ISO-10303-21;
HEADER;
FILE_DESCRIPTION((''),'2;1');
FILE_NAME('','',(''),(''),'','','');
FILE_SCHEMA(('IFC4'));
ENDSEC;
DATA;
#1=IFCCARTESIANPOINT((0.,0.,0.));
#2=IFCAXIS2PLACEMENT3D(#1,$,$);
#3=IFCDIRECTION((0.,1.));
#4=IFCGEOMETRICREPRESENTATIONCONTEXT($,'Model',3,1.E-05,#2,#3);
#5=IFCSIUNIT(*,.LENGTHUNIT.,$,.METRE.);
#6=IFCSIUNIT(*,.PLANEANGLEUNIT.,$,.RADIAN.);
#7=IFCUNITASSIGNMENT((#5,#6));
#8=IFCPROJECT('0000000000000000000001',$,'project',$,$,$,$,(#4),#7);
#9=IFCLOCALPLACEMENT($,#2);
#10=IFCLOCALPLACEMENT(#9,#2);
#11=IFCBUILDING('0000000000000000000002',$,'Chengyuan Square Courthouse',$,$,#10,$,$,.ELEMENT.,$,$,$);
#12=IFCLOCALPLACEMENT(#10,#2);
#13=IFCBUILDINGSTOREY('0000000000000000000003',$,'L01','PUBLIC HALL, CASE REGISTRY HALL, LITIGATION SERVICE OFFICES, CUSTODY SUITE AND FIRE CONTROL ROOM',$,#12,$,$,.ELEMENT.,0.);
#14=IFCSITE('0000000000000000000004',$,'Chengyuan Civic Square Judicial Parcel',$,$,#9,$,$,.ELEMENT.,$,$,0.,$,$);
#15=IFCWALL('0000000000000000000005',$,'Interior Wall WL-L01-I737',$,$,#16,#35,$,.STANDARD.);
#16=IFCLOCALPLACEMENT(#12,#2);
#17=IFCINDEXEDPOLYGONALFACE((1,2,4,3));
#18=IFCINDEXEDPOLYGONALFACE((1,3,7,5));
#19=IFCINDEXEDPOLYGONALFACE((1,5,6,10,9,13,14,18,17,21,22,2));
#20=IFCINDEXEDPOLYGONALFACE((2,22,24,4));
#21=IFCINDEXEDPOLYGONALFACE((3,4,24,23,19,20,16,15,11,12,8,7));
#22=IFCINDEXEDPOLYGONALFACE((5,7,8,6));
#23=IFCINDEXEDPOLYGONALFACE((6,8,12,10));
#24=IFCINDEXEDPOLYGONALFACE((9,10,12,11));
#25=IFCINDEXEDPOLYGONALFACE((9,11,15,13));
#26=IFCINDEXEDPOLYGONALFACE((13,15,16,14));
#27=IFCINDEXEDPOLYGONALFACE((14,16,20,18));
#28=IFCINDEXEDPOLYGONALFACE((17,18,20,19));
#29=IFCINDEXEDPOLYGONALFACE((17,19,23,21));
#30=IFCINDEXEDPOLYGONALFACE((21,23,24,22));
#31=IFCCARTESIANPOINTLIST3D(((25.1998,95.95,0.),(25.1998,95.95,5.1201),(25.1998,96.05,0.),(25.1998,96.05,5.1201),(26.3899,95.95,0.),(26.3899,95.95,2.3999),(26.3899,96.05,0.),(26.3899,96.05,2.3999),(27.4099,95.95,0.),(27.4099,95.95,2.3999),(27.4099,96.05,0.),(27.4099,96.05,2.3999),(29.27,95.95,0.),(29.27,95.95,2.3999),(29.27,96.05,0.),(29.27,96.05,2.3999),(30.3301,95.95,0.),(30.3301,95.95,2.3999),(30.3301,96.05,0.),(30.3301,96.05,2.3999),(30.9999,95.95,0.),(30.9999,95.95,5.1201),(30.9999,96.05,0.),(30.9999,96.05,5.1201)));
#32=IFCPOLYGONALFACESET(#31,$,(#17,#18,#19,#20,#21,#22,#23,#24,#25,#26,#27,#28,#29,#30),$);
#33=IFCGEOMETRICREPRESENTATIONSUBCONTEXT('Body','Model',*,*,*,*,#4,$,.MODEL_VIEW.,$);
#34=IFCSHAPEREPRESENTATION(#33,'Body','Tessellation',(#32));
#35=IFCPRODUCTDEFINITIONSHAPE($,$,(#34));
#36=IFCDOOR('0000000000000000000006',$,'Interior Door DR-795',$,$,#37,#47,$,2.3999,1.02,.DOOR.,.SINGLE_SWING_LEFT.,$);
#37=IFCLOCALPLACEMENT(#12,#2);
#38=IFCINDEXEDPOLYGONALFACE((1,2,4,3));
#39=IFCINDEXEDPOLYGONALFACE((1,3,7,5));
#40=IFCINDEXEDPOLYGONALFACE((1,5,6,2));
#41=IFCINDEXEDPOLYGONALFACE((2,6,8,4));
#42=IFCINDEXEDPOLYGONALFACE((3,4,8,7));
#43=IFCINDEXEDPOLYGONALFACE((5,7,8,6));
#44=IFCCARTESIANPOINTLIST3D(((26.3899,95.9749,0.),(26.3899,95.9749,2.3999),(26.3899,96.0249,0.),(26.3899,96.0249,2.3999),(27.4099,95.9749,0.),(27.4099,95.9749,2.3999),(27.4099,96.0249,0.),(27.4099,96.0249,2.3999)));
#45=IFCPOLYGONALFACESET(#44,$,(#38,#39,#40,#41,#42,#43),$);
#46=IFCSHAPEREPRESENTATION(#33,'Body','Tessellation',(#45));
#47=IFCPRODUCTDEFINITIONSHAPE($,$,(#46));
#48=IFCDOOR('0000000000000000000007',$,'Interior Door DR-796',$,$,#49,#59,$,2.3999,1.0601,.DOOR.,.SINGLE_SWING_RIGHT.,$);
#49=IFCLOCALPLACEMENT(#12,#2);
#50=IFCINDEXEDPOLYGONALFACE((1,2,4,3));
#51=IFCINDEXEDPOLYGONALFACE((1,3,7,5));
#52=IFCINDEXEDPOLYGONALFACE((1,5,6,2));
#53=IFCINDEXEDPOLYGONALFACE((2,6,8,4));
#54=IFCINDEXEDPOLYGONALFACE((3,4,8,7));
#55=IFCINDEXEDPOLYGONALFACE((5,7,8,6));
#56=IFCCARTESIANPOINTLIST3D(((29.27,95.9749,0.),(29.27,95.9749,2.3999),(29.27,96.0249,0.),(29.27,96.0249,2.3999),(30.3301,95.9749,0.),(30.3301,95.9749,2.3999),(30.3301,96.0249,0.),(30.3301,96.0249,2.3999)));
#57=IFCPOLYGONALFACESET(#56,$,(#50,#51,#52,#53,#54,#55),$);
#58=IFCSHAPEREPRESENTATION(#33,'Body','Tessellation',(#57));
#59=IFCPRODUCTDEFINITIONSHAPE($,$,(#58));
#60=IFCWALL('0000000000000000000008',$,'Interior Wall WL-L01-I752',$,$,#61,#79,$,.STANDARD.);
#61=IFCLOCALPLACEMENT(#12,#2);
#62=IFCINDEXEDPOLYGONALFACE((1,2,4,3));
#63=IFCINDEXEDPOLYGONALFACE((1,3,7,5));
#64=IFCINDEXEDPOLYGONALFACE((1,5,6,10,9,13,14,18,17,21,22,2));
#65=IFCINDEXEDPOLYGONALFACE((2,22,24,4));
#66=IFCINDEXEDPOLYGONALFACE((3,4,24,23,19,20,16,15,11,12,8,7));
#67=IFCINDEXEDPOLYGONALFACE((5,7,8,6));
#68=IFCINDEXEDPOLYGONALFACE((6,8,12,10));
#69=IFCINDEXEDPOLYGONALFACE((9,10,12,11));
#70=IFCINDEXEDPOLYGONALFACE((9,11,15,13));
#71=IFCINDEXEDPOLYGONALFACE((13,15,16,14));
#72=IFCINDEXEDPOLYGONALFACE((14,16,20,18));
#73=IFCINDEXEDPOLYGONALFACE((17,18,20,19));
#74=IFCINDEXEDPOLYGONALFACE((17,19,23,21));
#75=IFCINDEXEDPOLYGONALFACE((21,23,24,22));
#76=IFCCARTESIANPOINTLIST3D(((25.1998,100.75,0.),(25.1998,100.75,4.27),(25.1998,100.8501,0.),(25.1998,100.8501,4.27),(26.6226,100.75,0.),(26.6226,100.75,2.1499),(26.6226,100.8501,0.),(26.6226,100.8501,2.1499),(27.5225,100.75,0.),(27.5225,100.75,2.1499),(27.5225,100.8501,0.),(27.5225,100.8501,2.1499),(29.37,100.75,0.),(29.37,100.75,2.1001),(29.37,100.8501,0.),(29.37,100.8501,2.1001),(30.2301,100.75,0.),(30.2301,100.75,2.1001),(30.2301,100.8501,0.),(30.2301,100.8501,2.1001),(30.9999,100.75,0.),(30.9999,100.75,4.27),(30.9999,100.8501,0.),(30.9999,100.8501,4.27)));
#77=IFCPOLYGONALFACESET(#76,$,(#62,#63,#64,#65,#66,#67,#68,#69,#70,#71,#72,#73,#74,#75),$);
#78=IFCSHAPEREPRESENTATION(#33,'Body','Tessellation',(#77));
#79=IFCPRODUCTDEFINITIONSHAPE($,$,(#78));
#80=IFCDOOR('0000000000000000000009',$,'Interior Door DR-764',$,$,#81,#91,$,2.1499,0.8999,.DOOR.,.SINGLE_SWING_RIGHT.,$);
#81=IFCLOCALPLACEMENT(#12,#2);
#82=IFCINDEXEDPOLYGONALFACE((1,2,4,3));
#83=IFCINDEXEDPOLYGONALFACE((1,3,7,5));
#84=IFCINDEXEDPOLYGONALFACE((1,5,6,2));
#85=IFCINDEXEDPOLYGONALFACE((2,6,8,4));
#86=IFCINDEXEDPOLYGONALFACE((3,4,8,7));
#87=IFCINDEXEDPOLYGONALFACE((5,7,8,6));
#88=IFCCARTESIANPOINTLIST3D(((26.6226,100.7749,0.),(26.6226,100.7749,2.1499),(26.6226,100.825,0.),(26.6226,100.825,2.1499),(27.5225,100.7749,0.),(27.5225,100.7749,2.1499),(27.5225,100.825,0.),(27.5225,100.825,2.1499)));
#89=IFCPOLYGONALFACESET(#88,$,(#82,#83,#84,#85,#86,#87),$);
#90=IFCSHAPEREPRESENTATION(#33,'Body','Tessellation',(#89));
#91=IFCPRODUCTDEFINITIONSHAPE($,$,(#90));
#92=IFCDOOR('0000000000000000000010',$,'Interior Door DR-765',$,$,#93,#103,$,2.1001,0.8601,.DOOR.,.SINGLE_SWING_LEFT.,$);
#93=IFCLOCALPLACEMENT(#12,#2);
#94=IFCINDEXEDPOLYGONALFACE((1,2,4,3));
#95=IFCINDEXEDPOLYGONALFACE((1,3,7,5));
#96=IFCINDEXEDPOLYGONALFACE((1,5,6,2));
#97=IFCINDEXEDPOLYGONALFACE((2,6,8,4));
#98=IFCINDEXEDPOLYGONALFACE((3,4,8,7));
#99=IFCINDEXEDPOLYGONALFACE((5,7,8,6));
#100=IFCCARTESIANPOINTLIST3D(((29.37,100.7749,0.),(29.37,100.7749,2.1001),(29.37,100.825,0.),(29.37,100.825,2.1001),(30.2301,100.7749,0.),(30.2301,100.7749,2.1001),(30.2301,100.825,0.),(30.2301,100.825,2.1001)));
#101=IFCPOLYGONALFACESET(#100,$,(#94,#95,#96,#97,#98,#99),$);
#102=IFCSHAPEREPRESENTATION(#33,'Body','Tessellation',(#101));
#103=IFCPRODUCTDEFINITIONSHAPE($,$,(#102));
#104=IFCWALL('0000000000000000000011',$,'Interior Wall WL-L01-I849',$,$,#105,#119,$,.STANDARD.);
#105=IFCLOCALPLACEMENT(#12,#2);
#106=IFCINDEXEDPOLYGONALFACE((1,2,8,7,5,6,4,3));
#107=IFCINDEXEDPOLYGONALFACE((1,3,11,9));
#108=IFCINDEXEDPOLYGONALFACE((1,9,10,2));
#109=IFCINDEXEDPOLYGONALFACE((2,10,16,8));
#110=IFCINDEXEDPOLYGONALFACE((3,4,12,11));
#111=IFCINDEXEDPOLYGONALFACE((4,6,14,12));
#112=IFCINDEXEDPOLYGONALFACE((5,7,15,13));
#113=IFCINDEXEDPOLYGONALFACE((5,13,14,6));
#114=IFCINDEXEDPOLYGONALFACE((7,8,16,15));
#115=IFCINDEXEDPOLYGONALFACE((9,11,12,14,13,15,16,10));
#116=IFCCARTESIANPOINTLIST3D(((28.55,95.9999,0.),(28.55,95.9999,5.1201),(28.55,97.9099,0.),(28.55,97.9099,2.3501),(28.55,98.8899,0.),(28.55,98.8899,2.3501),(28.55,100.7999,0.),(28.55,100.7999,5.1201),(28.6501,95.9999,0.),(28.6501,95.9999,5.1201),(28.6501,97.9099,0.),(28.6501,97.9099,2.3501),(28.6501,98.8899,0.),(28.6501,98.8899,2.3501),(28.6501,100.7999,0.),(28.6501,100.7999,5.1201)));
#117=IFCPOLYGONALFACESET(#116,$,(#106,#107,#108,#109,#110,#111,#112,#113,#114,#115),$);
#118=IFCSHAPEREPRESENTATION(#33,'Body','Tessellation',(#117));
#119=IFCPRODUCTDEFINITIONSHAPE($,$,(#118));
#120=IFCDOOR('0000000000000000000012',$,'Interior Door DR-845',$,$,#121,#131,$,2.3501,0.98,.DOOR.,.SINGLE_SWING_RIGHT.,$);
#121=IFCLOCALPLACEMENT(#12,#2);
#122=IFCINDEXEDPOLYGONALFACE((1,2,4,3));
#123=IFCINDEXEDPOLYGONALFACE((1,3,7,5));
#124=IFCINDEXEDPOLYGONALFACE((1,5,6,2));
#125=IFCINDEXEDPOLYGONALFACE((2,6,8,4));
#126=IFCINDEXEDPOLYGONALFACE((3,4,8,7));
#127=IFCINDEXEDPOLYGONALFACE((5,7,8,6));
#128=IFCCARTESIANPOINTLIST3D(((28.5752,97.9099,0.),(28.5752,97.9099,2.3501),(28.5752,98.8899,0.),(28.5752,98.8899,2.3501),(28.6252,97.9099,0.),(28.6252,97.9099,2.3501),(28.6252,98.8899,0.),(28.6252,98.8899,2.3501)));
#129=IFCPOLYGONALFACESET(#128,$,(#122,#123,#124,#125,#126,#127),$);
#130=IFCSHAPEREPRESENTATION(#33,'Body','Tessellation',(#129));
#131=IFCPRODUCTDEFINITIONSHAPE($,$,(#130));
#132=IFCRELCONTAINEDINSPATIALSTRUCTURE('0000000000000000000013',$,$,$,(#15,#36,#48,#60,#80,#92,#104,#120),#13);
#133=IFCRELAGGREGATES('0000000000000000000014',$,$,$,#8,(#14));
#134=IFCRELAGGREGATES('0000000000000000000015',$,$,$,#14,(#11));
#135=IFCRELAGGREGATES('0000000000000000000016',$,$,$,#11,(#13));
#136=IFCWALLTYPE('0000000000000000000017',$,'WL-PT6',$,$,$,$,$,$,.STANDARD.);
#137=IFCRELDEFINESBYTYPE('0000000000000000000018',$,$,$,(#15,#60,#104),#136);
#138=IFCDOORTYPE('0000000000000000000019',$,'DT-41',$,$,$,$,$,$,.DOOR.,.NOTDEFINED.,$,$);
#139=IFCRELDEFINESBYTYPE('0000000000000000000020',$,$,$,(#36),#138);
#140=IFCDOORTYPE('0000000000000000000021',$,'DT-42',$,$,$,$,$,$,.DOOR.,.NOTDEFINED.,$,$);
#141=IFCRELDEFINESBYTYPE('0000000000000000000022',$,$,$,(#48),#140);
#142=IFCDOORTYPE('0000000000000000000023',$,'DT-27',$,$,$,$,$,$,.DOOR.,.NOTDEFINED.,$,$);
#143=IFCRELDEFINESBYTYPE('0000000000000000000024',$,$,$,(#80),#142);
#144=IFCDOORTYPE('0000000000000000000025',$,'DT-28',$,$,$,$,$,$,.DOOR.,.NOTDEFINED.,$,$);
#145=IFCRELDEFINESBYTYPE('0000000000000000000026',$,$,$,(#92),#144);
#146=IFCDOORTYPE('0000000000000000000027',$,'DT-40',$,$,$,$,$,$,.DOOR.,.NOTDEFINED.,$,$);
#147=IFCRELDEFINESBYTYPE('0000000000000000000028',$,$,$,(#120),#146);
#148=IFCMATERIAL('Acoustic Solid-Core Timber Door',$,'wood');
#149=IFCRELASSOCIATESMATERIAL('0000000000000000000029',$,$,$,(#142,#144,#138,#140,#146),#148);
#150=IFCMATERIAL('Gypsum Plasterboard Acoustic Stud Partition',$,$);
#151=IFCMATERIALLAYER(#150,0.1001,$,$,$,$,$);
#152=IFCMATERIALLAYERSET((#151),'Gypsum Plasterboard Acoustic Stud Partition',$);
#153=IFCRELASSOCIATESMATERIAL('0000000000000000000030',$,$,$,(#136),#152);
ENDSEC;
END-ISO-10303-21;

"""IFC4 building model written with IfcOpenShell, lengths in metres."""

from ifc_helpers import new_model, si_unit, direction, frame, frame_2d, origin, place, context, subcontext, project, spatial, rectangle, extrude, material, layer, layer_set, type_object, element, fill, save


model = new_model("IFC4")

# Units and contexts
model_context = context("Model", 3, precision=1e-05, world=origin(), true_north=direction((0.0, 1.0)))
body_context = subcontext(model_context, "Body", "Model", "MODEL_VIEW")
ifc_project = project(units=[si_unit("LENGTHUNIT", "METRE"), si_unit("PLANEANGLEUNIT", "RADIAN")], contexts=[model_context])

# Site, building, storey
site_placement = place(None, origin())
site = spatial("IfcSite", under=ifc_project, at=site_placement, Name="Chengyuan Civic Square Judicial Parcel", CompositionType="ELEMENT", RefElevation=0.0)
building_placement = place(site_placement, origin())
building = spatial("IfcBuilding", under=site, at=building_placement, Name="Chengyuan Square Courthouse", CompositionType="ELEMENT")
storey_placement = place(building_placement, origin())
storey = spatial("IfcBuildingStorey", under=building, at=storey_placement, Name="L01", Description="PUBLIC HALL, CASE REGISTRY HALL, LITIGATION SERVICE OFFICES, CUSTODY SUITE AND FIRE CONTROL ROOM", CompositionType="ELEMENT", Elevation=0.0)

# Shared definitions
ifc_material_1 = material(Name="Acoustic Solid-Core Timber Door", Category="wood")
door_type_1 = type_object("IfcDoorType", Name="DT-27", OperationType="NOTDEFINED", PredefinedType="DOOR", material=ifc_material_1)
door_type_2 = type_object("IfcDoorType", Name="DT-28", OperationType="NOTDEFINED", PredefinedType="DOOR", material=ifc_material_1)

# Shared definitions
door_type_3 = type_object("IfcDoorType", Name="DT-41", OperationType="NOTDEFINED", PredefinedType="DOOR", material=ifc_material_1)

# Walls, openings, doors
ifc_material_2 = material(Name="Gypsum Plasterboard Acoustic Stud Partition")
ifc_layer_1 = layer(ifc_material_2, 0.1001)
ifc_layer_set_1 = layer_set([ifc_layer_1], Name="Gypsum Plasterboard Acoustic Stud Partition")
wall_type_1 = type_object("IfcWallType", Name="WL-PT6", PredefinedType="STANDARD", material=ifc_layer_set_1)
wall_1_placement = place(storey_placement, frame((25.2, 96.0, 0.0), z_axis=(0.0, 0.0, 1.0), x_axis=(1.0, 0.0, 0.0)))
wall_1 = element("IfcWall", 1, at=wall_1_placement, inside=storey, type_object=wall_type_1, Name="Interior Wall WL-L01-I737", PredefinedType="STANDARD", context=body_context, shape_type="SweptSolid", body=[
    extrude(rectangle(XDim=5.8, YDim=0.1001, at=frame_2d((2.8999, 0.0))), origin(), (0.0, 0.0, 1.0), 5.1201),
])
opening_1_placement = place(wall_1_placement, frame((1.1899, 0.0, 0.0)))
opening_1 = element("IfcOpeningElement", 2, at=opening_1_placement, cuts=wall_1, PredefinedType="OPENING", context=body_context, shape_type="SweptSolid", body=[
    extrude(rectangle(XDim=1.02, YDim=2.3999, at=frame_2d((0.51, 1.2))), frame((0.0, 0.062, 0.0), z_axis=(0.0, -1.0, 0.0), x_axis=(1.0, 0.0, 0.0)), (0.0, 0.0, 1.0), 0.124),
])
opening_2_placement = place(wall_1_placement, frame((4.0701, 0.0, 0.0)))
opening_2 = element("IfcOpeningElement", 3, at=opening_2_placement, cuts=wall_1, PredefinedType="OPENING", context=body_context, shape_type="SweptSolid", body=[
    extrude(rectangle(XDim=1.0601, YDim=2.3999, at=frame_2d((0.53, 1.2))), frame((0.0, 0.062, 0.0), z_axis=(0.0, -1.0, 0.0), x_axis=(1.0, 0.0, 0.0)), (0.0, 0.0, 1.0), 0.124),
])
door_1_placement = place(opening_1_placement, origin())
door_1 = element("IfcDoor", 4, at=door_1_placement, inside=storey, type_object=door_type_3, Name="Interior Door DR-795", OperationType="SINGLE_SWING_LEFT", OverallHeight=2.3999, OverallWidth=1.02, PredefinedType="DOOR", context=body_context, shape_type="SweptSolid", body=[
    extrude(rectangle(XDim=1.02, YDim=2.3999, at=frame_2d((0.51, 1.2))), frame((0.0, 0.0249, 0.0), z_axis=(0.0, -1.0, 0.0), x_axis=(1.0, 0.0, 0.0)), (0.0, 0.0, 1.0), 0.05),
])
fill(opening_1, door_1)
door_type_4 = type_object("IfcDoorType", Name="DT-42", OperationType="NOTDEFINED", PredefinedType="DOOR", material=ifc_material_1)
door_2_placement = place(opening_2_placement, origin())
door_2 = element("IfcDoor", 5, at=door_2_placement, inside=storey, type_object=door_type_4, Name="Interior Door DR-796", OperationType="SINGLE_SWING_RIGHT", OverallHeight=2.3999, OverallWidth=1.0601, PredefinedType="DOOR", context=body_context, shape_type="SweptSolid", body=[
    extrude(rectangle(XDim=1.0601, YDim=2.3999, at=frame_2d((0.53, 1.2))), frame((0.0, 0.0249, 0.0), z_axis=(0.0, -1.0, 0.0), x_axis=(1.0, 0.0, 0.0)), (0.0, 0.0, 1.0), 0.05),
])
fill(opening_2, door_2)
wall_2_placement = place(storey_placement, frame((25.2, 100.8, 0.0), z_axis=(0.0, 0.0, 1.0), x_axis=(1.0, 0.0, 0.0)))
wall_2 = element("IfcWall", 6, at=wall_2_placement, inside=storey, type_object=wall_type_1, Name="Interior Wall WL-L01-I752", PredefinedType="STANDARD", context=body_context, shape_type="SweptSolid", body=[
    extrude(rectangle(XDim=5.8, YDim=0.1001, at=frame_2d((2.8999, 0.0))), origin(), (0.0, 0.0, 1.0), 4.27),
])
opening_3_placement = place(wall_2_placement, frame((1.4226, 0.0, 0.0)))
opening_3 = element("IfcOpeningElement", 7, at=opening_3_placement, cuts=wall_2, PredefinedType="OPENING", context=body_context, shape_type="SweptSolid", body=[
    extrude(rectangle(XDim=0.8999, YDim=2.1499, at=frame_2d((0.45, 1.075))), frame((0.0, 0.062, 0.0), z_axis=(0.0, -1.0, 0.0), x_axis=(1.0, 0.0, 0.0)), (0.0, 0.0, 1.0), 0.124),
])
opening_4_placement = place(wall_2_placement, frame((4.1699, 0.0, 0.0)))
opening_4 = element("IfcOpeningElement", 8, at=opening_4_placement, cuts=wall_2, PredefinedType="OPENING", context=body_context, shape_type="SweptSolid", body=[
    extrude(rectangle(XDim=0.8601, YDim=2.1001, at=frame_2d((0.4302, 1.05))), frame((0.0, 0.062, 0.0), z_axis=(0.0, -1.0, 0.0), x_axis=(1.0, 0.0, 0.0)), (0.0, 0.0, 1.0), 0.124),
])
door_3_placement = place(opening_3_placement, origin())
door_3 = element("IfcDoor", 9, at=door_3_placement, inside=storey, type_object=door_type_1, Name="Interior Door DR-764", OperationType="SINGLE_SWING_RIGHT", OverallHeight=2.1499, OverallWidth=0.8999, PredefinedType="DOOR", context=body_context, shape_type="SweptSolid", body=[
    extrude(rectangle(XDim=0.8999, YDim=2.1499, at=frame_2d((0.45, 1.075))), frame((0.0, 0.0249, 0.0), z_axis=(0.0, -1.0, 0.0), x_axis=(1.0, 0.0, 0.0)), (0.0, 0.0, 1.0), 0.05),
])
fill(opening_3, door_3)
door_4_placement = place(opening_4_placement, origin())
door_4 = element("IfcDoor", 10, at=door_4_placement, inside=storey, type_object=door_type_2, Name="Interior Door DR-765", OperationType="SINGLE_SWING_LEFT", OverallHeight=2.1001, OverallWidth=0.8601, PredefinedType="DOOR", context=body_context, shape_type="SweptSolid", body=[
    extrude(rectangle(XDim=0.8601, YDim=2.1001, at=frame_2d((0.4302, 1.05))), frame((0.0, 0.0249, 0.0), z_axis=(0.0, -1.0, 0.0), x_axis=(1.0, 0.0, 0.0)), (0.0, 0.0, 1.0), 0.05),
])
fill(opening_4, door_4)

# Wall, opening, door
wall_3_placement = place(storey_placement, frame((28.6001, 96.0, 0.0), z_axis=(0.0, 0.0, 1.0), x_axis=(0.0, 1.0, 0.0)))
wall_3 = element("IfcWall", 11, at=wall_3_placement, inside=storey, type_object=wall_type_1, Name="Interior Wall WL-L01-I849", PredefinedType="STANDARD", context=body_context, shape_type="SweptSolid", body=[
    extrude(rectangle(XDim=4.8, YDim=0.1001, at=frame_2d((2.3999, 0.0))), origin(), (0.0, 0.0, 1.0), 5.1201),
])
opening_5_placement = place(wall_3_placement, frame((1.9099, 0.0, 0.0)))
opening_5 = element("IfcOpeningElement", 12, at=opening_5_placement, cuts=wall_3, PredefinedType="OPENING", context=body_context, shape_type="SweptSolid", body=[
    extrude(rectangle(XDim=0.98, YDim=2.3501, at=frame_2d((0.49, 1.175))), frame((0.0, 0.062, 0.0), z_axis=(0.0, -1.0, 0.0), x_axis=(1.0, 0.0, 0.0)), (0.0, 0.0, 1.0), 0.124),
])
door_type_5 = type_object("IfcDoorType", Name="DT-40", OperationType="NOTDEFINED", PredefinedType="DOOR", material=ifc_material_1)
door_5_placement = place(opening_5_placement, origin())
door_5 = element("IfcDoor", 13, at=door_5_placement, inside=storey, type_object=door_type_5, Name="Interior Door DR-845", OperationType="SINGLE_SWING_RIGHT", OverallHeight=2.3501, OverallWidth=0.98, PredefinedType="DOOR", context=body_context, shape_type="SweptSolid", body=[
    extrude(rectangle(XDim=0.98, YDim=2.3501, at=frame_2d((0.49, 1.175))), frame((0.0, 0.0249, 0.0), z_axis=(0.0, -1.0, 0.0), x_axis=(1.0, 0.0, 0.0)), (0.0, 0.0, 1.0), 0.05),
])
fill(opening_5, door_5)

save(model, "model.ifc")
